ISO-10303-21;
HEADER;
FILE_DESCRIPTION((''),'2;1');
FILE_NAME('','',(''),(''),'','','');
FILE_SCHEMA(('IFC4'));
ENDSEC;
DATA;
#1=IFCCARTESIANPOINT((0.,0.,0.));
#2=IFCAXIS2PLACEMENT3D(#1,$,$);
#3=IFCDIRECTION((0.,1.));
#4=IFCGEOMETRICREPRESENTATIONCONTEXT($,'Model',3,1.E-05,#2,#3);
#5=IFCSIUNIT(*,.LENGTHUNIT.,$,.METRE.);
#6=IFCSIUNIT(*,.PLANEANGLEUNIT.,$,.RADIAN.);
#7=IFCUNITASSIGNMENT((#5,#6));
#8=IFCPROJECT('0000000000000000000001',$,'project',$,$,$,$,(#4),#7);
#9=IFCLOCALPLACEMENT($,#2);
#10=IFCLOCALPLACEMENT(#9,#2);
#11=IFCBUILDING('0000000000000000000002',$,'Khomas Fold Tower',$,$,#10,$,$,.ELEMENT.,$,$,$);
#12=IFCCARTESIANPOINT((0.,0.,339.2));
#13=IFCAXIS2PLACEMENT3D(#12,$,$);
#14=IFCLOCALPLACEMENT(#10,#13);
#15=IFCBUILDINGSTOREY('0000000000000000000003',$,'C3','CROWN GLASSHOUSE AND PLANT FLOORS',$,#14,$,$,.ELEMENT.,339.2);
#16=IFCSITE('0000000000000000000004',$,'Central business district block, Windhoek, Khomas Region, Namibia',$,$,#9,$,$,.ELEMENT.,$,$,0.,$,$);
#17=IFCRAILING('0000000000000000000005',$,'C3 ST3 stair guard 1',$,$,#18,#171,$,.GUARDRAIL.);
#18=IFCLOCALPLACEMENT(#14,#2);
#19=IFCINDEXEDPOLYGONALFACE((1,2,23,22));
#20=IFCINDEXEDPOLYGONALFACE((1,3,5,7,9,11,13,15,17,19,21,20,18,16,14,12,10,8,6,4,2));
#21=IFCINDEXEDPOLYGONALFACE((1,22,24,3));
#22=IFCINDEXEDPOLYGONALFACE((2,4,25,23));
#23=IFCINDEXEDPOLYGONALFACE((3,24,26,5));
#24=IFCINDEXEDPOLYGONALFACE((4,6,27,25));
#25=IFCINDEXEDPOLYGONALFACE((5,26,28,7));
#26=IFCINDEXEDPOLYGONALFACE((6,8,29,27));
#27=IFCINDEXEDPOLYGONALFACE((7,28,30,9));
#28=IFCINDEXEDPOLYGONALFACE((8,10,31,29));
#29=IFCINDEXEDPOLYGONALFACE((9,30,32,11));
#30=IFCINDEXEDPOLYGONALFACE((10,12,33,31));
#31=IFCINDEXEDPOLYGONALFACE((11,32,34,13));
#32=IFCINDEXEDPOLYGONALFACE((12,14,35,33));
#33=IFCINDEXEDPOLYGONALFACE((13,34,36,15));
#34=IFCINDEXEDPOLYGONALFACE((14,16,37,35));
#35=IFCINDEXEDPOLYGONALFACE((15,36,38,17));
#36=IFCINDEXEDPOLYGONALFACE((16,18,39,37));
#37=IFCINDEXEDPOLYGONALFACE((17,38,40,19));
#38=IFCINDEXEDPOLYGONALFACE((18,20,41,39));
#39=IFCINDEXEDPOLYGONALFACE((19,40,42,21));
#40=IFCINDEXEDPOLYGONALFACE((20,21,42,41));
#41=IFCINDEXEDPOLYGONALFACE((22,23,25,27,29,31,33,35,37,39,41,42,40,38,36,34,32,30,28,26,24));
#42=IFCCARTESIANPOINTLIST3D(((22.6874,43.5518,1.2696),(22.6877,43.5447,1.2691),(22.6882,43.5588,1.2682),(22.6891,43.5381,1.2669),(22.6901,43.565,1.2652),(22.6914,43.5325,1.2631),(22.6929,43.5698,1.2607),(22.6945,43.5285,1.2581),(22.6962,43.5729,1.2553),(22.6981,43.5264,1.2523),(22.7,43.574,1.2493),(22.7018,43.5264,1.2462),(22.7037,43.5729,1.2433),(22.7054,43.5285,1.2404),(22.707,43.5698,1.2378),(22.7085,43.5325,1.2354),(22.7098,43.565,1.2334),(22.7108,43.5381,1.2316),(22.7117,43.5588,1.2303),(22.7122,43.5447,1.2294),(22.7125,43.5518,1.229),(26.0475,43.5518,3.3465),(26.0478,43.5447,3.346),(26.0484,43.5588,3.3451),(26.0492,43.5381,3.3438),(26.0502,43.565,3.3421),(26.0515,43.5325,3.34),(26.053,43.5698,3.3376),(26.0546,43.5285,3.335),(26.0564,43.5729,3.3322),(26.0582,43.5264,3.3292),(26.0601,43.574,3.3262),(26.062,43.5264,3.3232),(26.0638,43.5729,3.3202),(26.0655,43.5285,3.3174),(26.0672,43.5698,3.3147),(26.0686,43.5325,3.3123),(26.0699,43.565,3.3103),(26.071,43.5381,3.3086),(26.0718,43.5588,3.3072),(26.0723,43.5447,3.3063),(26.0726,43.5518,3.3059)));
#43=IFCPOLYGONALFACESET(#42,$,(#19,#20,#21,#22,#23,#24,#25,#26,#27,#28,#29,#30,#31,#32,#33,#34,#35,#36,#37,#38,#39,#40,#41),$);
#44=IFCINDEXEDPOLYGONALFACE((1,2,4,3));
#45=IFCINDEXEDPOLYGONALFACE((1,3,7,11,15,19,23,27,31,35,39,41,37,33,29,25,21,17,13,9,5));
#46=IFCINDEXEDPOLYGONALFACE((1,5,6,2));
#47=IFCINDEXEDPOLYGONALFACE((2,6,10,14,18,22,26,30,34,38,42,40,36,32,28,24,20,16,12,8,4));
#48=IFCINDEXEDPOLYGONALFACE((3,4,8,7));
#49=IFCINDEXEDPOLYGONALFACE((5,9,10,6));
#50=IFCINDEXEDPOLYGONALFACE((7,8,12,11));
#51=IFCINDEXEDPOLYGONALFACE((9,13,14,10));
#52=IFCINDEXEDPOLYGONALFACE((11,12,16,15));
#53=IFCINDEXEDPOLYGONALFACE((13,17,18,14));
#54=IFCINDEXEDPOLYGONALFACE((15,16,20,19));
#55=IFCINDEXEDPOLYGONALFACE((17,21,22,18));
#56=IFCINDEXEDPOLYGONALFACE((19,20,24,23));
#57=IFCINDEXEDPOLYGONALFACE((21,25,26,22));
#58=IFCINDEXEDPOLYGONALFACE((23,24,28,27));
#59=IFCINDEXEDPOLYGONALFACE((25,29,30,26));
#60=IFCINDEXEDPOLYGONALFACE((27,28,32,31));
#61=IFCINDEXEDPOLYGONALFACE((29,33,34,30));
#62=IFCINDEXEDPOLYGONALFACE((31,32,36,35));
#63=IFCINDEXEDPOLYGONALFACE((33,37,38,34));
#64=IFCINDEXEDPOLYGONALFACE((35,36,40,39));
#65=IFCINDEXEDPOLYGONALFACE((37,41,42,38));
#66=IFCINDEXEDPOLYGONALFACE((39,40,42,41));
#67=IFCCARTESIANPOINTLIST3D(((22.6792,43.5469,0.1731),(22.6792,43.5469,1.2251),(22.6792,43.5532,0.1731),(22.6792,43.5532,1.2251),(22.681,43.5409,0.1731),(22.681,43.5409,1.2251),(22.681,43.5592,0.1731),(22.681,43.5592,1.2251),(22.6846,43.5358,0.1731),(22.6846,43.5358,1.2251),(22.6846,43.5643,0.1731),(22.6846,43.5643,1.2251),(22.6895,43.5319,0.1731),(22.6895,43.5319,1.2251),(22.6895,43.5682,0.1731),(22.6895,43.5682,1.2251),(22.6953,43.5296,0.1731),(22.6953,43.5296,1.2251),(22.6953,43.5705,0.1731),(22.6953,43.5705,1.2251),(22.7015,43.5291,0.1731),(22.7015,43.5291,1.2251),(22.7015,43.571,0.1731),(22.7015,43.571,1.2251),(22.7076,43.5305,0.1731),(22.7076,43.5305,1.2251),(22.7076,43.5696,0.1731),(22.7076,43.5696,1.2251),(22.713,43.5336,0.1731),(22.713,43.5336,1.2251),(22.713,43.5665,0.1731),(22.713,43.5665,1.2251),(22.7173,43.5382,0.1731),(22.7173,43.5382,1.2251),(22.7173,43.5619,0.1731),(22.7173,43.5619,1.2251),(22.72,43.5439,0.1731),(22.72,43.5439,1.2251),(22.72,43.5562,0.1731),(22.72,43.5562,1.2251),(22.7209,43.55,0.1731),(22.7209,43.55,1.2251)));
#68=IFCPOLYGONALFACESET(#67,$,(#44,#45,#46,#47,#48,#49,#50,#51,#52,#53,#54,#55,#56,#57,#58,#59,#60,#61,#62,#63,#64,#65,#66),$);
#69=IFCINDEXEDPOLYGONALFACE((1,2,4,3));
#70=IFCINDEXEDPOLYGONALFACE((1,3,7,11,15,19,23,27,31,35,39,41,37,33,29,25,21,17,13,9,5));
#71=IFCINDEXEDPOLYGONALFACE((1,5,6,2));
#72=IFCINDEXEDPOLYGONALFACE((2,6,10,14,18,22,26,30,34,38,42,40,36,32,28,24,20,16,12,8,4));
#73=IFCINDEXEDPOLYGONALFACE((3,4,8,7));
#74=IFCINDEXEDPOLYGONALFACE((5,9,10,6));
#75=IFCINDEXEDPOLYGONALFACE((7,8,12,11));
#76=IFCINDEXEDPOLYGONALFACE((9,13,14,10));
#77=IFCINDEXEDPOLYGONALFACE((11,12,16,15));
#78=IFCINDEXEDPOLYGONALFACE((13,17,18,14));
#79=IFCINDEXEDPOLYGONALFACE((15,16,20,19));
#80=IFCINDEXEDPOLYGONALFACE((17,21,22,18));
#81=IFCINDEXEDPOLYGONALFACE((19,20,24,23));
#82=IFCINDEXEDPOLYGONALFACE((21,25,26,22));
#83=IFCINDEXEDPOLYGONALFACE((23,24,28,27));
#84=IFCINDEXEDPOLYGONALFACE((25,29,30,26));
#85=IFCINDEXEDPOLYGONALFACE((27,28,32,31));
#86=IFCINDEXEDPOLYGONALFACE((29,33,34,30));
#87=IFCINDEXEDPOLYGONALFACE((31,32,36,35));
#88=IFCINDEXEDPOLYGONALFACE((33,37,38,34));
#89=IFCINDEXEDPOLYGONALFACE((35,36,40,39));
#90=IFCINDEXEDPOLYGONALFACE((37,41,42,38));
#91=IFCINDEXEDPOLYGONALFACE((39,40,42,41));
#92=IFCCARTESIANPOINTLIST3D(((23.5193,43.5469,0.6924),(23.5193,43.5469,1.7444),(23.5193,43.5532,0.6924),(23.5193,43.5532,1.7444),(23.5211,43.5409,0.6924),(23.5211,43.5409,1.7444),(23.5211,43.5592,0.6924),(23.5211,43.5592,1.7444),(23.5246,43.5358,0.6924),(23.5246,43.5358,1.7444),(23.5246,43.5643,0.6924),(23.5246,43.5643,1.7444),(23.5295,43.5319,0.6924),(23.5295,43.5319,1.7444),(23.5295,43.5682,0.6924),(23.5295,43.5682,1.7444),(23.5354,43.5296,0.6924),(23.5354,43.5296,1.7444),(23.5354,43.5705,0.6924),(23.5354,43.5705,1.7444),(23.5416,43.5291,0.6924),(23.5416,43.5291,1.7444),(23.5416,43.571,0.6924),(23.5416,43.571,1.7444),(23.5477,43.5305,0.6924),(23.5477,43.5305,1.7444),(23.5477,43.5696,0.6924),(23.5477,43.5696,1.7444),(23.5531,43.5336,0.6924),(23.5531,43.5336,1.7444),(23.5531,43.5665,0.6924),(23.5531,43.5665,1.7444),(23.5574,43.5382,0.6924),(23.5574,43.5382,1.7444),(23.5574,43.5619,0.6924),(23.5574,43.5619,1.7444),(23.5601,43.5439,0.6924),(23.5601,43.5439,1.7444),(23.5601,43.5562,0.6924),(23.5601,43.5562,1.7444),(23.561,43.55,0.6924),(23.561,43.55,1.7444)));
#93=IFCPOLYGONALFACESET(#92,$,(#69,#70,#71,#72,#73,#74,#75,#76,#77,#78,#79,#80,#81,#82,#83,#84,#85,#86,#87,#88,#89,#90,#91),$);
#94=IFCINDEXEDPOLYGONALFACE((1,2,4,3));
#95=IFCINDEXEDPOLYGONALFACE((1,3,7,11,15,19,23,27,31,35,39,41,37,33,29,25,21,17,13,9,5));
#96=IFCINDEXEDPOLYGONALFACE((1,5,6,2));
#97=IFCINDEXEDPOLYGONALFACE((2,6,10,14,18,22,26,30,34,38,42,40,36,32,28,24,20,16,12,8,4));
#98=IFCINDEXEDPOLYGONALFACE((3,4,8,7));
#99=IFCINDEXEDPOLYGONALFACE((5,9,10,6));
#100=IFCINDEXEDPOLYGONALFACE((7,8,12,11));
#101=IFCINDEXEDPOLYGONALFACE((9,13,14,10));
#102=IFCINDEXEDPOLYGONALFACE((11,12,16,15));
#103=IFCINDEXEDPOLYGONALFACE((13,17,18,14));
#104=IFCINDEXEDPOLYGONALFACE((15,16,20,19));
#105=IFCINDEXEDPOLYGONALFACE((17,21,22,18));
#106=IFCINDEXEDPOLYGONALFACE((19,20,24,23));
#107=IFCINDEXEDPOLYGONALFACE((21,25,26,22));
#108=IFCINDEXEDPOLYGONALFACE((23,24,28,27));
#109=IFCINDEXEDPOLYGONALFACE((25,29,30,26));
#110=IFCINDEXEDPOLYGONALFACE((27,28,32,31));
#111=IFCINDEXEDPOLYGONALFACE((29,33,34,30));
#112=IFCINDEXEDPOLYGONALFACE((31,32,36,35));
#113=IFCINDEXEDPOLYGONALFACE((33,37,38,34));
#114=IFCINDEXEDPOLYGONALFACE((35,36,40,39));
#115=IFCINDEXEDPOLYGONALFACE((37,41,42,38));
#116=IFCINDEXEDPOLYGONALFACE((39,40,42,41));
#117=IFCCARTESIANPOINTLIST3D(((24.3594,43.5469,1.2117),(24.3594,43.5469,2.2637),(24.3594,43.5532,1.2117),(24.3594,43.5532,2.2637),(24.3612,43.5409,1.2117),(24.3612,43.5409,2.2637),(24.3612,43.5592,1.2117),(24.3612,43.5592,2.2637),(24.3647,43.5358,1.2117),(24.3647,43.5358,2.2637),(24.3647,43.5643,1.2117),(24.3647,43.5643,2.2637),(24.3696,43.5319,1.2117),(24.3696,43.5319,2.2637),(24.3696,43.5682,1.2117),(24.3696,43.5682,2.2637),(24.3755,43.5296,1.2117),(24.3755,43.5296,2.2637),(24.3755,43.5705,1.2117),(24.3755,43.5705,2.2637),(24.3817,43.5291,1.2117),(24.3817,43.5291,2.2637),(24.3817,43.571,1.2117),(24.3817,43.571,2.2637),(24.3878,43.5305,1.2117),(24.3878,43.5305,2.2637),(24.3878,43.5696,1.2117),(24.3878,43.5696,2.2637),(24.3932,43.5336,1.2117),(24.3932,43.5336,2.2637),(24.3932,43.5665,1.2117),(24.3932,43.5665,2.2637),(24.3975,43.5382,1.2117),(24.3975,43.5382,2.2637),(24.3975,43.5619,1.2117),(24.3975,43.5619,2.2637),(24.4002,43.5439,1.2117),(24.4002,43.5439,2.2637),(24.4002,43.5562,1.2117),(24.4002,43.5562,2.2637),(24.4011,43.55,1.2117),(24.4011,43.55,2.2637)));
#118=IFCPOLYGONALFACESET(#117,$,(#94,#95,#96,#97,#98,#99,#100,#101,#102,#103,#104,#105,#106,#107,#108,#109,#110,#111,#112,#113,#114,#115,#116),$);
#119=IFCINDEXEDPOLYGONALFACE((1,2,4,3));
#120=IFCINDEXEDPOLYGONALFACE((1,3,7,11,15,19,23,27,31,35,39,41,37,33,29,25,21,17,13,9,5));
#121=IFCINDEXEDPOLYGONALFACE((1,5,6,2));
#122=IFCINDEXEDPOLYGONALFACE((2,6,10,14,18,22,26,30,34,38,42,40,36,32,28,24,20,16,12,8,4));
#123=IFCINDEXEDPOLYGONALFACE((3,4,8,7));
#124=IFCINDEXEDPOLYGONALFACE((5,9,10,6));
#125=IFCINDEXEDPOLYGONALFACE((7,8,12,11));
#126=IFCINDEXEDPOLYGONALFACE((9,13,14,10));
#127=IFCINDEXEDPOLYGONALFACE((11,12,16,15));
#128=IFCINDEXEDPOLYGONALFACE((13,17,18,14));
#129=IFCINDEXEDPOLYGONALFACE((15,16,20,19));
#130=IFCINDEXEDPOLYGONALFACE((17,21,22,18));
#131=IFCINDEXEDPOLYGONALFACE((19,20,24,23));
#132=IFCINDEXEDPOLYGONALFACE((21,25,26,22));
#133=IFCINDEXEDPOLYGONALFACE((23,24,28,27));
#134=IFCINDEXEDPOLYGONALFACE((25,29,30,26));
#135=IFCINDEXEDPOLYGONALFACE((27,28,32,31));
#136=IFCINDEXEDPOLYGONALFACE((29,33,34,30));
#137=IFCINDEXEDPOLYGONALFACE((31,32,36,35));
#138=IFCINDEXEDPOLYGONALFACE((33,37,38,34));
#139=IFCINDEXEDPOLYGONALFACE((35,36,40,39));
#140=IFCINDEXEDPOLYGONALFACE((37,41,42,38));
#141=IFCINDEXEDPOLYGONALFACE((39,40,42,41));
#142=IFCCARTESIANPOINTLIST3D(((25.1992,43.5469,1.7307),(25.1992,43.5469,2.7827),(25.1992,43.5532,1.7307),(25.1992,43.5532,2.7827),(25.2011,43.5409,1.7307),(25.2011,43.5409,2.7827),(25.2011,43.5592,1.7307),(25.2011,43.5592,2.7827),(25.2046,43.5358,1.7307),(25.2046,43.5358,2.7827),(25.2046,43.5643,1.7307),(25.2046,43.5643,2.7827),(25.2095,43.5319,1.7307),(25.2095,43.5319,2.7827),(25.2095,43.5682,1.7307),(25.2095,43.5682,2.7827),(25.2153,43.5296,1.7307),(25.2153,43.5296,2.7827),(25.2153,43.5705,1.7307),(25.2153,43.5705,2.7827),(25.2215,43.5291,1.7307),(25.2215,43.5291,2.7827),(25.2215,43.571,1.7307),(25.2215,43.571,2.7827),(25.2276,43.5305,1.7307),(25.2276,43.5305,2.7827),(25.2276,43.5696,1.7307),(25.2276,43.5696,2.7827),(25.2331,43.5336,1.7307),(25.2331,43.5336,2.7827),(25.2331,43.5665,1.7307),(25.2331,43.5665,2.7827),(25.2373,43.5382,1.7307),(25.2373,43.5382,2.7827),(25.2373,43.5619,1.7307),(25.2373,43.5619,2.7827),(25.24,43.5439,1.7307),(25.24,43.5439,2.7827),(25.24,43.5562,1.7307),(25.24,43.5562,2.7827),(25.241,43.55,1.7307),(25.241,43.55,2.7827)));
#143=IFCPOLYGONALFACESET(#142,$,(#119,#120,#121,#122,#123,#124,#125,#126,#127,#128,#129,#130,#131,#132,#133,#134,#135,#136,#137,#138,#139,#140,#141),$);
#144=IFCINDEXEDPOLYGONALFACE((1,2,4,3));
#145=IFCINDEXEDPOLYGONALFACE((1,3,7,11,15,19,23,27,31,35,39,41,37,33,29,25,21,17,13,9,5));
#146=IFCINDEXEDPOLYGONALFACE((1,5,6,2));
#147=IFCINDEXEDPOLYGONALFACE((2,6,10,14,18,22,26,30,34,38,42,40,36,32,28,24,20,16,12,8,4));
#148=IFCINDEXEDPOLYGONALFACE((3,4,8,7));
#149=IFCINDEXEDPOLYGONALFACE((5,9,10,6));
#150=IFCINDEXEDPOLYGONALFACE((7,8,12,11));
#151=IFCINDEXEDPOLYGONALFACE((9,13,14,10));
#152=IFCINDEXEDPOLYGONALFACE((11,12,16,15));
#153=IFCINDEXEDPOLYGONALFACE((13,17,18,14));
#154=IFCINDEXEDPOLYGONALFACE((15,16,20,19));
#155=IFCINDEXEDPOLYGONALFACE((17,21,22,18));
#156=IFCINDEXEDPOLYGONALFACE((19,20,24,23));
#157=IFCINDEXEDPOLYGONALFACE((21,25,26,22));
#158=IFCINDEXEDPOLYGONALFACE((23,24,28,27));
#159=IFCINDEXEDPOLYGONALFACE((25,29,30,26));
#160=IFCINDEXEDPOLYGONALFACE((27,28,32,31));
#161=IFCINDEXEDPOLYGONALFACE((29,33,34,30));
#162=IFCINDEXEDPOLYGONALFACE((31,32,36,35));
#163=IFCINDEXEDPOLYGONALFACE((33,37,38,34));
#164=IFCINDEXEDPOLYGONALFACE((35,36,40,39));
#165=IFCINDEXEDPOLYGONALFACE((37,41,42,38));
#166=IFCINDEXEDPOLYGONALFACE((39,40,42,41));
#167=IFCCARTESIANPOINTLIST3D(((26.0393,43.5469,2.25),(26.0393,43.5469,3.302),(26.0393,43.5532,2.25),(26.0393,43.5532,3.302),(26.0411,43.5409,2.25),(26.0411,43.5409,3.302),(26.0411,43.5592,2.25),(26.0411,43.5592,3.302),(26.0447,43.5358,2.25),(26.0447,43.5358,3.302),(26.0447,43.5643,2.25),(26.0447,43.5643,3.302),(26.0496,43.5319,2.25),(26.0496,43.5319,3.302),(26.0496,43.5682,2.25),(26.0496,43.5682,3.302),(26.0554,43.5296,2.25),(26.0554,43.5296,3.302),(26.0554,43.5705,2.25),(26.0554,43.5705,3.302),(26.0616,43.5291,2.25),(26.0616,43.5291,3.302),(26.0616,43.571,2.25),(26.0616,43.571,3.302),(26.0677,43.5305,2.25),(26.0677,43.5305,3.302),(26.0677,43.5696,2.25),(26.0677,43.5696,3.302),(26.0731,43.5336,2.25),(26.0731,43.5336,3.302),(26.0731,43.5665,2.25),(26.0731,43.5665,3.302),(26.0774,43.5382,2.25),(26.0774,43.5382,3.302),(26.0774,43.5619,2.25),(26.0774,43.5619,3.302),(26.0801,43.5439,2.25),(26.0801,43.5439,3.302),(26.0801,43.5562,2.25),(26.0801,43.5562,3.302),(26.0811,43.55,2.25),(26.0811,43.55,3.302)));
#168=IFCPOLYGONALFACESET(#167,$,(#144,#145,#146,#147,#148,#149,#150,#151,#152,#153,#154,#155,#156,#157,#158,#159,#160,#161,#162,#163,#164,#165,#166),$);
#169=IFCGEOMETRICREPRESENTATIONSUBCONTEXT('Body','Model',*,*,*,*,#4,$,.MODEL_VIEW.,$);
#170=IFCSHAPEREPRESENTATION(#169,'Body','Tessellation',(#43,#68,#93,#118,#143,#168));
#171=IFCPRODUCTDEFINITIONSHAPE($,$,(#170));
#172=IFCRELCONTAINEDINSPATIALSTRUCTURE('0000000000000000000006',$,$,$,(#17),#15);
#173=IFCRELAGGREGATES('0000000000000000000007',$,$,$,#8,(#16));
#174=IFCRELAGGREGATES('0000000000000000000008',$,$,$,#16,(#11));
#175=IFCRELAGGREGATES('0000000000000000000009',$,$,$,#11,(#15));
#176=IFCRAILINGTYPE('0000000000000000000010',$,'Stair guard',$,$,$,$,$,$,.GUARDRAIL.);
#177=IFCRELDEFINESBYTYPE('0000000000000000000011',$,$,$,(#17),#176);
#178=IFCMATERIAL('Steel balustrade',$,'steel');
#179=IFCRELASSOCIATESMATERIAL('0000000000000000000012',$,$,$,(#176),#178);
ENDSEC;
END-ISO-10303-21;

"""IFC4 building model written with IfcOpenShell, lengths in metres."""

from ifc_helpers import new_model, si_unit, direction, frame, origin, origin_2d, place, context, subcontext, project, spatial, circle, extrude, source, transform, mapped, material, type_object, element, save


model = new_model("IFC4")

# Units and contexts
model_context = context("Model", 3, precision=1e-05, world=origin(), true_north=direction((0.0, 1.0)))
body_context = subcontext(model_context, "Body", "Model", "MODEL_VIEW")
ifc_project = project(units=[si_unit("LENGTHUNIT", "METRE"), si_unit("PLANEANGLEUNIT", "RADIAN")], contexts=[model_context])

# Site, building, storey
site_placement = place(None, origin())
site = spatial("IfcSite", under=ifc_project, at=site_placement, Name="Central business district block, Windhoek, Khomas Region, Namibia", CompositionType="ELEMENT", RefElevation=0.0)
building_placement = place(site_placement, origin())
building = spatial("IfcBuilding", under=site, at=building_placement, Name="Khomas Fold Tower", CompositionType="ELEMENT")
storey_placement = place(building_placement, frame((0.0, 0.0, 339.2)))
storey = spatial("IfcBuildingStorey", under=building, at=storey_placement, Name="C3", Description="CROWN GLASSHOUSE AND PLANT FLOORS", CompositionType="ELEMENT", Elevation=339.2)

# Railing
ifc_material_1 = material(Name="Steel balustrade", Category="steel")
railing_type_1 = type_object("IfcRailingType", Name="Stair guard", PredefinedType="GUARDRAIL", material=ifc_material_1)
shared_shape_1 = source(origin(), body_context, "Body", "SweptSolid", [
    extrude(circle(Radius=0.0239, at=origin_2d()), frame((0.0, 0.0, 1.0762), z_axis=(0.850623, 0.0, 0.525776), x_axis=(0.0, 1.0, 0.0)), (0.0, 0.0, 1.0), 3.9502),
    extrude(circle(Radius=0.021, at=origin_2d()), origin(), (0.0, 0.0, 1.0), 1.052),
    extrude(circle(Radius=0.021, at=origin_2d()), frame((0.8401, 0.0, 0.5193)), (0.0, 0.0, 1.0), 1.052),
    extrude(circle(Radius=0.021, at=origin_2d()), frame((1.6802, 0.0, 1.0386)), (0.0, 0.0, 1.0), 1.052),
    extrude(circle(Radius=0.021, at=origin_2d()), frame((2.52, 0.0, 1.5576)), (0.0, 0.0, 1.0), 1.052),
    extrude(circle(Radius=0.021, at=origin_2d()), frame((3.3601, 0.0, 2.0769)), (0.0, 0.0, 1.0), 1.052),
])
railing_1_placement = place(storey_placement, frame((22.7, 43.55, 0.1731)))
element("IfcRailing", 1, at=railing_1_placement, inside=storey, type_object=railing_type_1, Name="C3 ST3 stair guard 1", PredefinedType="GUARDRAIL", context=body_context, shape_type="MappedRepresentation", body=[
    mapped(shared_shape_1, transform((0.0, 0.0, 0.0))),
])

save(model, "model.ifc")
